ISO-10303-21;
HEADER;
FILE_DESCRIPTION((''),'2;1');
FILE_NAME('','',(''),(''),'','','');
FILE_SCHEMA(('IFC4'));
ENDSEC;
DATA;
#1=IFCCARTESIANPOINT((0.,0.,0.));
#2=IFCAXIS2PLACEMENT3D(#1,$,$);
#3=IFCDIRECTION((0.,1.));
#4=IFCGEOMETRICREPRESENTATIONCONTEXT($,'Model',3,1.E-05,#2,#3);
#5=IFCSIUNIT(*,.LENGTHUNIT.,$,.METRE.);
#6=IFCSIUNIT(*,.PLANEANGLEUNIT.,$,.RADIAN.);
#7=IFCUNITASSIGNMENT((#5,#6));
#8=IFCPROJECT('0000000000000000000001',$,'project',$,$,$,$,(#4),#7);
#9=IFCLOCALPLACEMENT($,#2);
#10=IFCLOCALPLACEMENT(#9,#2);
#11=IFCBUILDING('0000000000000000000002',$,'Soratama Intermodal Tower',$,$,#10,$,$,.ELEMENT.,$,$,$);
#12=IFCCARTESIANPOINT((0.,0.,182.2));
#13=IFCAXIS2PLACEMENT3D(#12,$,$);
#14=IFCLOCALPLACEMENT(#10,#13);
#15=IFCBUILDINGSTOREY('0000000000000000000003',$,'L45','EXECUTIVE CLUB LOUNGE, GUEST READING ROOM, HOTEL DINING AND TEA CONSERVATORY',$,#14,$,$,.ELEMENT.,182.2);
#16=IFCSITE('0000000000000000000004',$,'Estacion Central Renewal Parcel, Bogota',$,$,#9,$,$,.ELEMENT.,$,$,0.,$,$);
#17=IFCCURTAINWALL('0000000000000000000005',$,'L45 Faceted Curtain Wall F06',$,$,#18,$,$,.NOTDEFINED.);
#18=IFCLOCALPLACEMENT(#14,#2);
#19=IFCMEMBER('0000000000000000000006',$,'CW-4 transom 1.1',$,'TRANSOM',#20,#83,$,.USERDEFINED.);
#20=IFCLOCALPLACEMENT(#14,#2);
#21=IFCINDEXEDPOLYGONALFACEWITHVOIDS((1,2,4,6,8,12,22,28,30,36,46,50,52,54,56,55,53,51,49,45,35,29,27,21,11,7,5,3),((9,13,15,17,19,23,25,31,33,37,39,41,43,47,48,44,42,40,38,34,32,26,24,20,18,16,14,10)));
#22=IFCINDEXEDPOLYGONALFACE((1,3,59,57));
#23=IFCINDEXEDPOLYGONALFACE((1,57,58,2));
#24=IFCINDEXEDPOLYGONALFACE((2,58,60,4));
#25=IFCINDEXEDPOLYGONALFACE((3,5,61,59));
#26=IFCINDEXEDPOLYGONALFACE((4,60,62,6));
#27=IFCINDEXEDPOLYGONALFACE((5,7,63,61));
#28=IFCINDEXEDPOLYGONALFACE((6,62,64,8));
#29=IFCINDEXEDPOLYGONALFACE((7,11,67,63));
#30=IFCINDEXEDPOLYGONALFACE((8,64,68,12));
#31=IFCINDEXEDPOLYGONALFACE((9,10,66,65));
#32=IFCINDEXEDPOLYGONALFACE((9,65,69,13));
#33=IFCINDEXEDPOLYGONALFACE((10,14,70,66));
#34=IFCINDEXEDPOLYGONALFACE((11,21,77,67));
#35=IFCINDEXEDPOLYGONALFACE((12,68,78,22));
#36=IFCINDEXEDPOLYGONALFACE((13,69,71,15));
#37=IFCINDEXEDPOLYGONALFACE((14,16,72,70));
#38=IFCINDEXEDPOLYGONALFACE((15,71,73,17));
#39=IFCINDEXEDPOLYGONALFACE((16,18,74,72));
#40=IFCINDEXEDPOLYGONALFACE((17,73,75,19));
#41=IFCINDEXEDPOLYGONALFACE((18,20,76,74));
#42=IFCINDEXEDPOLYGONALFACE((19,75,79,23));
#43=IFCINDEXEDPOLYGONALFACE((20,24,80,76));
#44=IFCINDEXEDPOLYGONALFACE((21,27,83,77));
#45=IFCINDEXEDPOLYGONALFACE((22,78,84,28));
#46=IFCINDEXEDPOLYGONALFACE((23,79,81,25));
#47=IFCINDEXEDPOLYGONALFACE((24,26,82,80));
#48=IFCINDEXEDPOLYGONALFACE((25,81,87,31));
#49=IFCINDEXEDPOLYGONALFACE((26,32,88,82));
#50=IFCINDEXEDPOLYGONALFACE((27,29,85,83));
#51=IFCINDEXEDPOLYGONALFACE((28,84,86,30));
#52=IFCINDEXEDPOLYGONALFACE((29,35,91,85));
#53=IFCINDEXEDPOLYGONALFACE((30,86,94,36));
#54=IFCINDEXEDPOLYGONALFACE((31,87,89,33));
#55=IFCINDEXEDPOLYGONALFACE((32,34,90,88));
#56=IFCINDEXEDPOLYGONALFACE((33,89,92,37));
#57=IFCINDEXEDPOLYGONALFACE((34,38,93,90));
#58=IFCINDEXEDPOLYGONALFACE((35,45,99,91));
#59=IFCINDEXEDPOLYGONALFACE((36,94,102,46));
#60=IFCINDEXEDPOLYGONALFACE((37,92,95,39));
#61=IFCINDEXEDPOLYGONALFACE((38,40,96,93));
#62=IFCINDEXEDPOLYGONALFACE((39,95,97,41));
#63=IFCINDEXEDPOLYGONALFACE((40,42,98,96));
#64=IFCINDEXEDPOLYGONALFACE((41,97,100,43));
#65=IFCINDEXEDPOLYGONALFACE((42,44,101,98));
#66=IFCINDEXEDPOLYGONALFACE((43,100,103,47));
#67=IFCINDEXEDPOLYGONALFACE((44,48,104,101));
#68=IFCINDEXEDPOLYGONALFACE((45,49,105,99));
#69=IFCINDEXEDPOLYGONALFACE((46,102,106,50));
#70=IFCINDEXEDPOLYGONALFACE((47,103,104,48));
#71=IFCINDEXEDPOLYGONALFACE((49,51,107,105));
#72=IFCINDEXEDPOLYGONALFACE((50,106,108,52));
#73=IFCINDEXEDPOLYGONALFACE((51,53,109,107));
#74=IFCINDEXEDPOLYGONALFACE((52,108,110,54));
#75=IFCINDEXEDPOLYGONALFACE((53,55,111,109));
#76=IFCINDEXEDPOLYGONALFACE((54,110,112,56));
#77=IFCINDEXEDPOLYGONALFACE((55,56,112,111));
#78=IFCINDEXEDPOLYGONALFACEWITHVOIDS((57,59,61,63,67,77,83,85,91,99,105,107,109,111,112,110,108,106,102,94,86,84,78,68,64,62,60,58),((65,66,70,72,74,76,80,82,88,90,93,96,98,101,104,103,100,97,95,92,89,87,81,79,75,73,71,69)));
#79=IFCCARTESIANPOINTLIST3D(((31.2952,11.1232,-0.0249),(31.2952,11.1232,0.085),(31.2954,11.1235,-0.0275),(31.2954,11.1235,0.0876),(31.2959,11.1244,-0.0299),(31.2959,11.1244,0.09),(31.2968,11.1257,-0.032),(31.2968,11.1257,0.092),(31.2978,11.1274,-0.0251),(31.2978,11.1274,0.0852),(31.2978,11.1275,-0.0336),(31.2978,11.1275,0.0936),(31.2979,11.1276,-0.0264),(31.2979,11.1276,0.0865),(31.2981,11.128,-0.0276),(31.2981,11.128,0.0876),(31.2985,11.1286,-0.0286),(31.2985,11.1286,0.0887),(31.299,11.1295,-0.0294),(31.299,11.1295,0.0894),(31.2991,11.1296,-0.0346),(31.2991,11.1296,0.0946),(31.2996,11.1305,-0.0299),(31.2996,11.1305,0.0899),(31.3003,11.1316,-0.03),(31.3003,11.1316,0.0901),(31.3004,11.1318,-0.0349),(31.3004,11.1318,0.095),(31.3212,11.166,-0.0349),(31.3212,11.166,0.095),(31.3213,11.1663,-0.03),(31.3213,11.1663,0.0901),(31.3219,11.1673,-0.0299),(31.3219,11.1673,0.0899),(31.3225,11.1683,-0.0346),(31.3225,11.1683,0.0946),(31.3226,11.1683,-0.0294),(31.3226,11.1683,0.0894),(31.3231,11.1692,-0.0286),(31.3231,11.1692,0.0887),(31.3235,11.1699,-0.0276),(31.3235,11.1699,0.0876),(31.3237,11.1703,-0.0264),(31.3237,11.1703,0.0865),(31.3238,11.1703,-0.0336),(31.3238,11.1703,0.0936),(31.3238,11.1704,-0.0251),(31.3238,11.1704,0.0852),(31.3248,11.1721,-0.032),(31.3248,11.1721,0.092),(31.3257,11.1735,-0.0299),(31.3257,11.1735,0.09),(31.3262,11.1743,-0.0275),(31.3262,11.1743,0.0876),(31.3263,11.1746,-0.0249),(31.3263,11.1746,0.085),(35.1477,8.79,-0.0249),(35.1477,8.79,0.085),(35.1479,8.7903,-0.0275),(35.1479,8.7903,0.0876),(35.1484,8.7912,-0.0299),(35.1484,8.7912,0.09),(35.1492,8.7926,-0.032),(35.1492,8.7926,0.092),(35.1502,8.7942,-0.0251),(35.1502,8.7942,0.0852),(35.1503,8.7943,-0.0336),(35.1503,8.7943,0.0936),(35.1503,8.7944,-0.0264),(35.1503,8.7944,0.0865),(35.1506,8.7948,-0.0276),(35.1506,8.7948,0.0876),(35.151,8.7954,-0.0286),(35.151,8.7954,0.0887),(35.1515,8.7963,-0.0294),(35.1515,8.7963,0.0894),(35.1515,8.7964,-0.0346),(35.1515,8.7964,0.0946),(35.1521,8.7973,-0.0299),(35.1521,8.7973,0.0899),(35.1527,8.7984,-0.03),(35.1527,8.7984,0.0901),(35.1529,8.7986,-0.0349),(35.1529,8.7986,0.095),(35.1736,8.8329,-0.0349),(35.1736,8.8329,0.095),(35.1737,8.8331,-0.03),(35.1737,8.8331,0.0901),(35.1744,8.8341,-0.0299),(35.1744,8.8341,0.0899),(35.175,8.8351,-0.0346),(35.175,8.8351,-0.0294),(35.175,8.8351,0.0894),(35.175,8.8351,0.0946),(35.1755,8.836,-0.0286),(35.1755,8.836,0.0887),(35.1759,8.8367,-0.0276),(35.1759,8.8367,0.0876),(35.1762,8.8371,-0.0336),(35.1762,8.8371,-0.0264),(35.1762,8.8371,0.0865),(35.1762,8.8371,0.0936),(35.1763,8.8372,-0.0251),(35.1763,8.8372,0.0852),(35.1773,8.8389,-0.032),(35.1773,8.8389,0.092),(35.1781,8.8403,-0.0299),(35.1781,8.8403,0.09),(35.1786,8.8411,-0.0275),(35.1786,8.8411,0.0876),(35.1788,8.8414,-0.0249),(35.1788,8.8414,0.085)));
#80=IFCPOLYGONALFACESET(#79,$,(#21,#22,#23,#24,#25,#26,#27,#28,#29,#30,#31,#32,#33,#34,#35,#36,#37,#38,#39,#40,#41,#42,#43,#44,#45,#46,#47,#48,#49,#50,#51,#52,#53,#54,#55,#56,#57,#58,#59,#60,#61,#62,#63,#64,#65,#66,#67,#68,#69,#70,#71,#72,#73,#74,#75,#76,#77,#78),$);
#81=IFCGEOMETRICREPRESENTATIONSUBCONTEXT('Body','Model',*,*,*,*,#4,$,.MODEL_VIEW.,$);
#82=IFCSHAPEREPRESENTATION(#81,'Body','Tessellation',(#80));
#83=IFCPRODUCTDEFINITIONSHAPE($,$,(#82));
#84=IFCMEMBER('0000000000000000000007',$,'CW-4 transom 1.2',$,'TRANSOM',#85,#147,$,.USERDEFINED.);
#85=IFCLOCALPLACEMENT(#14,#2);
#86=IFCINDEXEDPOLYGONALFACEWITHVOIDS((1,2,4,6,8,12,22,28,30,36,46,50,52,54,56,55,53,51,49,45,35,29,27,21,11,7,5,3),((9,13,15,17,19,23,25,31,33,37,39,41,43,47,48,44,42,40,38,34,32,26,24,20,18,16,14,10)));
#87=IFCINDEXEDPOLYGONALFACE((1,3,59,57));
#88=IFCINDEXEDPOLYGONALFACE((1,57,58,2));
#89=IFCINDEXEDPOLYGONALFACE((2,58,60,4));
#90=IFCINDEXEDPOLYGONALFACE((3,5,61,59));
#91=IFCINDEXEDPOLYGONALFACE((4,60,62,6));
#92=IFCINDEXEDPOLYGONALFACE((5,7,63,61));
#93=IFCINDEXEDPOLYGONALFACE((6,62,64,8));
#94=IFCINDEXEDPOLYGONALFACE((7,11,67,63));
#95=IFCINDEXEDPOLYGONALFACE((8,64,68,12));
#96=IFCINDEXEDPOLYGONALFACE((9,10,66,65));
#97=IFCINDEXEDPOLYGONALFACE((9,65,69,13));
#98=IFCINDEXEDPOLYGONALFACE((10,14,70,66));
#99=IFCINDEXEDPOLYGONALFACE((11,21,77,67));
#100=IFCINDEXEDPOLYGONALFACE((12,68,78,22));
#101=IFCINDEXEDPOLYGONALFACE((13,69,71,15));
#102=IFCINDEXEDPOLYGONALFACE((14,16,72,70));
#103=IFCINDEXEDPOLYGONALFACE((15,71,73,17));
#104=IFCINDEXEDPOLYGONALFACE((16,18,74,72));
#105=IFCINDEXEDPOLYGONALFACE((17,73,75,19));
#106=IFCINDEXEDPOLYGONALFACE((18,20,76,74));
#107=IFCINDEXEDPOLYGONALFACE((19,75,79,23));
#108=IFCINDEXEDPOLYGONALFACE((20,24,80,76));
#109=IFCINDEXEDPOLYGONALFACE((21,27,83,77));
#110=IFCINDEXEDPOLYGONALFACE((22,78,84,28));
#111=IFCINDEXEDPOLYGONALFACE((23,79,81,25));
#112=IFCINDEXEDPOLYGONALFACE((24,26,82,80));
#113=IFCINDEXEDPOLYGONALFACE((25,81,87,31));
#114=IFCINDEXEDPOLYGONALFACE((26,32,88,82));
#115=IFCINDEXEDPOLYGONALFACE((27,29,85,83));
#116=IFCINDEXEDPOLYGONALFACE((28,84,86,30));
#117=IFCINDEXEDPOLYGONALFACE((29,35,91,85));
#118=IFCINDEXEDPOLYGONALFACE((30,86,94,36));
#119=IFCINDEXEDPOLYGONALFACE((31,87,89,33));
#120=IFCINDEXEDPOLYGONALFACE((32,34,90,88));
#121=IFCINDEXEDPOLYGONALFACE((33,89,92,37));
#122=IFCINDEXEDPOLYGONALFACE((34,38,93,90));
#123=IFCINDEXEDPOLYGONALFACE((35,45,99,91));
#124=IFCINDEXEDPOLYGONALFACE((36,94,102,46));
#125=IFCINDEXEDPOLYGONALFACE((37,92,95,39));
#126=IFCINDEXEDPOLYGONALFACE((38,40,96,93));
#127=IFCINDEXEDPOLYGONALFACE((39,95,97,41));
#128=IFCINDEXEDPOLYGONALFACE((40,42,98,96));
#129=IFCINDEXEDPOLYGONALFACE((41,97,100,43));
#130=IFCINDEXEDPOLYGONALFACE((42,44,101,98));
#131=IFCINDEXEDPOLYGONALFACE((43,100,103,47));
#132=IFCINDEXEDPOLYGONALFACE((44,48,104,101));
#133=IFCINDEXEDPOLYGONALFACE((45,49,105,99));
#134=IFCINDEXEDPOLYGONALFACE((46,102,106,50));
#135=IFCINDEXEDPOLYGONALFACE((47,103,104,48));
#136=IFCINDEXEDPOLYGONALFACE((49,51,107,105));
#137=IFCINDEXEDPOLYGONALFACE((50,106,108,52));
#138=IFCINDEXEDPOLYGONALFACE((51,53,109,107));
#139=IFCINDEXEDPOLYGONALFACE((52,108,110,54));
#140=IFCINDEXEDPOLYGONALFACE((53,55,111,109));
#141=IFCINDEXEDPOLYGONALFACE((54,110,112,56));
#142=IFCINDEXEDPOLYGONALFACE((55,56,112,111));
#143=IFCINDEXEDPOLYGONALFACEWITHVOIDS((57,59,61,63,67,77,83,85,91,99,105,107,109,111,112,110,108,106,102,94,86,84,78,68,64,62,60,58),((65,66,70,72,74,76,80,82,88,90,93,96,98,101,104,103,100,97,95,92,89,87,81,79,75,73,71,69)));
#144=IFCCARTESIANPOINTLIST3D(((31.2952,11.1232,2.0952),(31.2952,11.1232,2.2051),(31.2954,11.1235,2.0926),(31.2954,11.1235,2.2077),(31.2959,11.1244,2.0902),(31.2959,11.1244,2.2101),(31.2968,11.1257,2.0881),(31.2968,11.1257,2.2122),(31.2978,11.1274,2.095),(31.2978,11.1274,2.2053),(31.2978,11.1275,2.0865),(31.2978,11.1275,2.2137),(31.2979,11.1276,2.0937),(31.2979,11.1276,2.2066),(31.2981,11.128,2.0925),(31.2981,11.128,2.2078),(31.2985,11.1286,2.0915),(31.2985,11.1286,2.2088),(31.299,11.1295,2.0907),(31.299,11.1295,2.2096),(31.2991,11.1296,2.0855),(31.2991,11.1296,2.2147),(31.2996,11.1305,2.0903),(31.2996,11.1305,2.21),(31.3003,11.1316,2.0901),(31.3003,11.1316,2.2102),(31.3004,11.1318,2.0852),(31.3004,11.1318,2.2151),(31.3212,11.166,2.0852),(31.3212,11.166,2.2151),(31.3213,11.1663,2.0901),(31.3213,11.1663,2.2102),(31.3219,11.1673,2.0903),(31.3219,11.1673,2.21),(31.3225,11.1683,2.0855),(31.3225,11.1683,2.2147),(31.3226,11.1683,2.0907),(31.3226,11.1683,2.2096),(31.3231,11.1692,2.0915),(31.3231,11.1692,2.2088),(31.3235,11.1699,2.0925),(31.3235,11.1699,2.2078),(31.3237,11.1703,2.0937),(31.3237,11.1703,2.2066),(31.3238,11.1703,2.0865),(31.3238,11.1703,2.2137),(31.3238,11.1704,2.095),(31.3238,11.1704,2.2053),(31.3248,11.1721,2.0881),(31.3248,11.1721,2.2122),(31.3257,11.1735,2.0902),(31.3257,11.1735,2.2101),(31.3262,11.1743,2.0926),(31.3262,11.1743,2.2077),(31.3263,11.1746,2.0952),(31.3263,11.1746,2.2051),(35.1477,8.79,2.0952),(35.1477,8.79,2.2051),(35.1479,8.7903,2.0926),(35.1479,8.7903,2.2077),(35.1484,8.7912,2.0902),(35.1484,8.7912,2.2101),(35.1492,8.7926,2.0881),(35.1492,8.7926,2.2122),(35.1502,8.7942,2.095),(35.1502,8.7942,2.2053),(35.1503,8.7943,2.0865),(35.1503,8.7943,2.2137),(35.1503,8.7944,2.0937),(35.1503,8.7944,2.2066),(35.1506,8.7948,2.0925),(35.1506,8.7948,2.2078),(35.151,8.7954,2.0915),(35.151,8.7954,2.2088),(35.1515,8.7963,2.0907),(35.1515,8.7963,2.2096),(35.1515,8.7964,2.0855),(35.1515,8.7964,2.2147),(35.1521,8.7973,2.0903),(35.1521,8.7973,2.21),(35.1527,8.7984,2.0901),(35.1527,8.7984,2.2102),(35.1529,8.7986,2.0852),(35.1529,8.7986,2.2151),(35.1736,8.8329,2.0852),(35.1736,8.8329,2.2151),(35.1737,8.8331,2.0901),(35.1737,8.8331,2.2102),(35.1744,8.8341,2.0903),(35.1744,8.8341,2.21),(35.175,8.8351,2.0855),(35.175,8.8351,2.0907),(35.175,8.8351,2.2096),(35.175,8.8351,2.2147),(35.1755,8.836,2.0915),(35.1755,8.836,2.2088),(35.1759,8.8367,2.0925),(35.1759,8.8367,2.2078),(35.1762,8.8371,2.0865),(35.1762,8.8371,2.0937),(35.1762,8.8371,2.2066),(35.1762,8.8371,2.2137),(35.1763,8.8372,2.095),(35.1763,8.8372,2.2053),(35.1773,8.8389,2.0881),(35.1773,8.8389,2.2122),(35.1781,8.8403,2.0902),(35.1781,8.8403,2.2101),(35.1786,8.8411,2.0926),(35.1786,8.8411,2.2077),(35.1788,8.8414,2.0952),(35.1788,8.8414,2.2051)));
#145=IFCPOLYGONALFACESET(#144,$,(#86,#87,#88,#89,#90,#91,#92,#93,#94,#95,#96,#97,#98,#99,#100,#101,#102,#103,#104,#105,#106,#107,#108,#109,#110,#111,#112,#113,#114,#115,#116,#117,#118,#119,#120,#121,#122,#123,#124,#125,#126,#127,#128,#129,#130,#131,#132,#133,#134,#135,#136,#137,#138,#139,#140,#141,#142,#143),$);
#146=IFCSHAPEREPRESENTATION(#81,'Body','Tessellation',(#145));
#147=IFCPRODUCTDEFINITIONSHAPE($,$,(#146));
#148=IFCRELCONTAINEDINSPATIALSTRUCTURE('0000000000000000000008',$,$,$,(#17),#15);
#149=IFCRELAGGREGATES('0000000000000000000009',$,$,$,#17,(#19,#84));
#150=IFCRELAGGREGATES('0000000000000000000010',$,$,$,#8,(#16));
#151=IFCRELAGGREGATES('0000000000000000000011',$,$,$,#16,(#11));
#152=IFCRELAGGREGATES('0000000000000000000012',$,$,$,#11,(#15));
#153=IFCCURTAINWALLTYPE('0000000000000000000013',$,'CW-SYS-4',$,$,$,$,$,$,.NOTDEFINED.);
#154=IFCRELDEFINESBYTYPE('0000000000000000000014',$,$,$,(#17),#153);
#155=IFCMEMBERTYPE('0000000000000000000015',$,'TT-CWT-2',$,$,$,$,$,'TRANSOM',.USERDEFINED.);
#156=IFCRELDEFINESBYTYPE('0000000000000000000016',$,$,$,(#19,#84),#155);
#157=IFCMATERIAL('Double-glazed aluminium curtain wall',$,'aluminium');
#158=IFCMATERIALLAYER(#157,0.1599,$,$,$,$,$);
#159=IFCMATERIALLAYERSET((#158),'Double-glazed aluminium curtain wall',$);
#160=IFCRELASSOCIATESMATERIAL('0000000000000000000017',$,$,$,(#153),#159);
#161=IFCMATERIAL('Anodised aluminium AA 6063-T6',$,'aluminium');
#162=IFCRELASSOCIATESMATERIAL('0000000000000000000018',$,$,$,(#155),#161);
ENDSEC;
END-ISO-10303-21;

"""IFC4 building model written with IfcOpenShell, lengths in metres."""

from ifc_helpers import new_model, si_unit, direction, frame, origin, origin_2d, place, context, subcontext, project, spatial, hollow_rectangle, extrude, material, layer, layer_set, material_profile, profile_set, type_object, element, aggregate, save


model = new_model("IFC4")

# Units and contexts
model_context = context("Model", 3, precision=1e-05, world=origin(), true_north=direction((0.0, 1.0)))
body_context = subcontext(model_context, "Body", "Model", "MODEL_VIEW")
ifc_project = project(units=[si_unit("LENGTHUNIT", "METRE"), si_unit("PLANEANGLEUNIT", "RADIAN")], contexts=[model_context])

# Site, building, storey
site_placement = place(None, origin())
site = spatial("IfcSite", under=ifc_project, at=site_placement, Name="Estacion Central Renewal Parcel, Bogota", CompositionType="ELEMENT", RefElevation=0.0)
building_placement = place(site_placement, origin())
building = spatial("IfcBuilding", under=site, at=building_placement, Name="Soratama Intermodal Tower", CompositionType="ELEMENT")
storey_placement = place(building_placement, frame((0.0, 0.0, 182.2)))
storey = spatial("IfcBuildingStorey", under=building, at=storey_placement, Name="L45", Description="EXECUTIVE CLUB LOUNGE, GUEST READING ROOM, HOTEL DINING AND TEA CONSERVATORY", CompositionType="ELEMENT", Elevation=182.2)

# Curtain wall
ifc_material_1 = material(Name="Double-glazed aluminium curtain wall", Category="aluminium")
ifc_layer_1 = layer(ifc_material_1, 0.1599)
ifc_layer_set_1 = layer_set([ifc_layer_1], Name="Double-glazed aluminium curtain wall")
curtain_wall_type = type_object("IfcCurtainWallType", Name="CW-SYS-4", PredefinedType="NOTDEFINED", material=ifc_layer_set_1)
curtain_wall_1_placement = place(storey_placement, origin())
curtain_wall_1 = element("IfcCurtainWall", 1, at=curtain_wall_1_placement, inside=storey, type_object=curtain_wall_type, Name="L45 Faceted Curtain Wall F06", PredefinedType="NOTDEFINED")

# Members
ifc_material_2 = material(Name="Anodised aluminium AA 6063-T6", Category="aluminium")
ifc_material_profile_1 = material_profile(ifc_material_2, hollow_rectangle(XDim=0.0601, YDim=0.1299, WallThickness=0.0049, InnerFilletRadius=0.0049, OuterFilletRadius=0.01, at=origin_2d()), Name="CWT130X60X5")
ifc_profile_set_1 = profile_set([ifc_material_profile_1], Name="Anodised aluminium AA 6063-T6")
member_type_1 = type_object("IfcMemberType", Name="TT-CWT-2", ElementType="TRANSOM", PredefinedType="USERDEFINED", material=ifc_profile_set_1)
member_1_placement = place(storey_placement, frame((31.3108, 11.1489, 0.03), z_axis=(0.855357, -0.518039, 0.0), x_axis=(0.518039, 0.855357, 0.0)))
member_1 = element("IfcMember", 2, at=member_1_placement, type_object=member_type_1, Name="CW-4 transom 1.1", ObjectType="TRANSOM", PredefinedType="USERDEFINED", context=body_context, shape_type="SweptSolid", body=[
    extrude(hollow_rectangle(XDim=0.0601, YDim=0.1299, WallThickness=0.0049, InnerFilletRadius=0.0049, OuterFilletRadius=0.01, at=origin_2d()), origin(), (0.0, 0.0, 1.0), 4.5039),
])
member_2_placement = place(storey_placement, frame((31.3108, 11.1489, 2.1501), z_axis=(0.855357, -0.518039, 0.0), x_axis=(0.518039, 0.855357, 0.0)))
member_2 = element("IfcMember", 3, at=member_2_placement, type_object=member_type_1, Name="CW-4 transom 1.2", ObjectType="TRANSOM", PredefinedType="USERDEFINED", context=body_context, shape_type="SweptSolid", body=[
    extrude(hollow_rectangle(XDim=0.0601, YDim=0.1299, WallThickness=0.0049, InnerFilletRadius=0.0049, OuterFilletRadius=0.01, at=origin_2d()), origin(), (0.0, 0.0, 1.0), 4.5039),
])
aggregate(curtain_wall_1, [member_1, member_2])

save(model, "model.ifc")
